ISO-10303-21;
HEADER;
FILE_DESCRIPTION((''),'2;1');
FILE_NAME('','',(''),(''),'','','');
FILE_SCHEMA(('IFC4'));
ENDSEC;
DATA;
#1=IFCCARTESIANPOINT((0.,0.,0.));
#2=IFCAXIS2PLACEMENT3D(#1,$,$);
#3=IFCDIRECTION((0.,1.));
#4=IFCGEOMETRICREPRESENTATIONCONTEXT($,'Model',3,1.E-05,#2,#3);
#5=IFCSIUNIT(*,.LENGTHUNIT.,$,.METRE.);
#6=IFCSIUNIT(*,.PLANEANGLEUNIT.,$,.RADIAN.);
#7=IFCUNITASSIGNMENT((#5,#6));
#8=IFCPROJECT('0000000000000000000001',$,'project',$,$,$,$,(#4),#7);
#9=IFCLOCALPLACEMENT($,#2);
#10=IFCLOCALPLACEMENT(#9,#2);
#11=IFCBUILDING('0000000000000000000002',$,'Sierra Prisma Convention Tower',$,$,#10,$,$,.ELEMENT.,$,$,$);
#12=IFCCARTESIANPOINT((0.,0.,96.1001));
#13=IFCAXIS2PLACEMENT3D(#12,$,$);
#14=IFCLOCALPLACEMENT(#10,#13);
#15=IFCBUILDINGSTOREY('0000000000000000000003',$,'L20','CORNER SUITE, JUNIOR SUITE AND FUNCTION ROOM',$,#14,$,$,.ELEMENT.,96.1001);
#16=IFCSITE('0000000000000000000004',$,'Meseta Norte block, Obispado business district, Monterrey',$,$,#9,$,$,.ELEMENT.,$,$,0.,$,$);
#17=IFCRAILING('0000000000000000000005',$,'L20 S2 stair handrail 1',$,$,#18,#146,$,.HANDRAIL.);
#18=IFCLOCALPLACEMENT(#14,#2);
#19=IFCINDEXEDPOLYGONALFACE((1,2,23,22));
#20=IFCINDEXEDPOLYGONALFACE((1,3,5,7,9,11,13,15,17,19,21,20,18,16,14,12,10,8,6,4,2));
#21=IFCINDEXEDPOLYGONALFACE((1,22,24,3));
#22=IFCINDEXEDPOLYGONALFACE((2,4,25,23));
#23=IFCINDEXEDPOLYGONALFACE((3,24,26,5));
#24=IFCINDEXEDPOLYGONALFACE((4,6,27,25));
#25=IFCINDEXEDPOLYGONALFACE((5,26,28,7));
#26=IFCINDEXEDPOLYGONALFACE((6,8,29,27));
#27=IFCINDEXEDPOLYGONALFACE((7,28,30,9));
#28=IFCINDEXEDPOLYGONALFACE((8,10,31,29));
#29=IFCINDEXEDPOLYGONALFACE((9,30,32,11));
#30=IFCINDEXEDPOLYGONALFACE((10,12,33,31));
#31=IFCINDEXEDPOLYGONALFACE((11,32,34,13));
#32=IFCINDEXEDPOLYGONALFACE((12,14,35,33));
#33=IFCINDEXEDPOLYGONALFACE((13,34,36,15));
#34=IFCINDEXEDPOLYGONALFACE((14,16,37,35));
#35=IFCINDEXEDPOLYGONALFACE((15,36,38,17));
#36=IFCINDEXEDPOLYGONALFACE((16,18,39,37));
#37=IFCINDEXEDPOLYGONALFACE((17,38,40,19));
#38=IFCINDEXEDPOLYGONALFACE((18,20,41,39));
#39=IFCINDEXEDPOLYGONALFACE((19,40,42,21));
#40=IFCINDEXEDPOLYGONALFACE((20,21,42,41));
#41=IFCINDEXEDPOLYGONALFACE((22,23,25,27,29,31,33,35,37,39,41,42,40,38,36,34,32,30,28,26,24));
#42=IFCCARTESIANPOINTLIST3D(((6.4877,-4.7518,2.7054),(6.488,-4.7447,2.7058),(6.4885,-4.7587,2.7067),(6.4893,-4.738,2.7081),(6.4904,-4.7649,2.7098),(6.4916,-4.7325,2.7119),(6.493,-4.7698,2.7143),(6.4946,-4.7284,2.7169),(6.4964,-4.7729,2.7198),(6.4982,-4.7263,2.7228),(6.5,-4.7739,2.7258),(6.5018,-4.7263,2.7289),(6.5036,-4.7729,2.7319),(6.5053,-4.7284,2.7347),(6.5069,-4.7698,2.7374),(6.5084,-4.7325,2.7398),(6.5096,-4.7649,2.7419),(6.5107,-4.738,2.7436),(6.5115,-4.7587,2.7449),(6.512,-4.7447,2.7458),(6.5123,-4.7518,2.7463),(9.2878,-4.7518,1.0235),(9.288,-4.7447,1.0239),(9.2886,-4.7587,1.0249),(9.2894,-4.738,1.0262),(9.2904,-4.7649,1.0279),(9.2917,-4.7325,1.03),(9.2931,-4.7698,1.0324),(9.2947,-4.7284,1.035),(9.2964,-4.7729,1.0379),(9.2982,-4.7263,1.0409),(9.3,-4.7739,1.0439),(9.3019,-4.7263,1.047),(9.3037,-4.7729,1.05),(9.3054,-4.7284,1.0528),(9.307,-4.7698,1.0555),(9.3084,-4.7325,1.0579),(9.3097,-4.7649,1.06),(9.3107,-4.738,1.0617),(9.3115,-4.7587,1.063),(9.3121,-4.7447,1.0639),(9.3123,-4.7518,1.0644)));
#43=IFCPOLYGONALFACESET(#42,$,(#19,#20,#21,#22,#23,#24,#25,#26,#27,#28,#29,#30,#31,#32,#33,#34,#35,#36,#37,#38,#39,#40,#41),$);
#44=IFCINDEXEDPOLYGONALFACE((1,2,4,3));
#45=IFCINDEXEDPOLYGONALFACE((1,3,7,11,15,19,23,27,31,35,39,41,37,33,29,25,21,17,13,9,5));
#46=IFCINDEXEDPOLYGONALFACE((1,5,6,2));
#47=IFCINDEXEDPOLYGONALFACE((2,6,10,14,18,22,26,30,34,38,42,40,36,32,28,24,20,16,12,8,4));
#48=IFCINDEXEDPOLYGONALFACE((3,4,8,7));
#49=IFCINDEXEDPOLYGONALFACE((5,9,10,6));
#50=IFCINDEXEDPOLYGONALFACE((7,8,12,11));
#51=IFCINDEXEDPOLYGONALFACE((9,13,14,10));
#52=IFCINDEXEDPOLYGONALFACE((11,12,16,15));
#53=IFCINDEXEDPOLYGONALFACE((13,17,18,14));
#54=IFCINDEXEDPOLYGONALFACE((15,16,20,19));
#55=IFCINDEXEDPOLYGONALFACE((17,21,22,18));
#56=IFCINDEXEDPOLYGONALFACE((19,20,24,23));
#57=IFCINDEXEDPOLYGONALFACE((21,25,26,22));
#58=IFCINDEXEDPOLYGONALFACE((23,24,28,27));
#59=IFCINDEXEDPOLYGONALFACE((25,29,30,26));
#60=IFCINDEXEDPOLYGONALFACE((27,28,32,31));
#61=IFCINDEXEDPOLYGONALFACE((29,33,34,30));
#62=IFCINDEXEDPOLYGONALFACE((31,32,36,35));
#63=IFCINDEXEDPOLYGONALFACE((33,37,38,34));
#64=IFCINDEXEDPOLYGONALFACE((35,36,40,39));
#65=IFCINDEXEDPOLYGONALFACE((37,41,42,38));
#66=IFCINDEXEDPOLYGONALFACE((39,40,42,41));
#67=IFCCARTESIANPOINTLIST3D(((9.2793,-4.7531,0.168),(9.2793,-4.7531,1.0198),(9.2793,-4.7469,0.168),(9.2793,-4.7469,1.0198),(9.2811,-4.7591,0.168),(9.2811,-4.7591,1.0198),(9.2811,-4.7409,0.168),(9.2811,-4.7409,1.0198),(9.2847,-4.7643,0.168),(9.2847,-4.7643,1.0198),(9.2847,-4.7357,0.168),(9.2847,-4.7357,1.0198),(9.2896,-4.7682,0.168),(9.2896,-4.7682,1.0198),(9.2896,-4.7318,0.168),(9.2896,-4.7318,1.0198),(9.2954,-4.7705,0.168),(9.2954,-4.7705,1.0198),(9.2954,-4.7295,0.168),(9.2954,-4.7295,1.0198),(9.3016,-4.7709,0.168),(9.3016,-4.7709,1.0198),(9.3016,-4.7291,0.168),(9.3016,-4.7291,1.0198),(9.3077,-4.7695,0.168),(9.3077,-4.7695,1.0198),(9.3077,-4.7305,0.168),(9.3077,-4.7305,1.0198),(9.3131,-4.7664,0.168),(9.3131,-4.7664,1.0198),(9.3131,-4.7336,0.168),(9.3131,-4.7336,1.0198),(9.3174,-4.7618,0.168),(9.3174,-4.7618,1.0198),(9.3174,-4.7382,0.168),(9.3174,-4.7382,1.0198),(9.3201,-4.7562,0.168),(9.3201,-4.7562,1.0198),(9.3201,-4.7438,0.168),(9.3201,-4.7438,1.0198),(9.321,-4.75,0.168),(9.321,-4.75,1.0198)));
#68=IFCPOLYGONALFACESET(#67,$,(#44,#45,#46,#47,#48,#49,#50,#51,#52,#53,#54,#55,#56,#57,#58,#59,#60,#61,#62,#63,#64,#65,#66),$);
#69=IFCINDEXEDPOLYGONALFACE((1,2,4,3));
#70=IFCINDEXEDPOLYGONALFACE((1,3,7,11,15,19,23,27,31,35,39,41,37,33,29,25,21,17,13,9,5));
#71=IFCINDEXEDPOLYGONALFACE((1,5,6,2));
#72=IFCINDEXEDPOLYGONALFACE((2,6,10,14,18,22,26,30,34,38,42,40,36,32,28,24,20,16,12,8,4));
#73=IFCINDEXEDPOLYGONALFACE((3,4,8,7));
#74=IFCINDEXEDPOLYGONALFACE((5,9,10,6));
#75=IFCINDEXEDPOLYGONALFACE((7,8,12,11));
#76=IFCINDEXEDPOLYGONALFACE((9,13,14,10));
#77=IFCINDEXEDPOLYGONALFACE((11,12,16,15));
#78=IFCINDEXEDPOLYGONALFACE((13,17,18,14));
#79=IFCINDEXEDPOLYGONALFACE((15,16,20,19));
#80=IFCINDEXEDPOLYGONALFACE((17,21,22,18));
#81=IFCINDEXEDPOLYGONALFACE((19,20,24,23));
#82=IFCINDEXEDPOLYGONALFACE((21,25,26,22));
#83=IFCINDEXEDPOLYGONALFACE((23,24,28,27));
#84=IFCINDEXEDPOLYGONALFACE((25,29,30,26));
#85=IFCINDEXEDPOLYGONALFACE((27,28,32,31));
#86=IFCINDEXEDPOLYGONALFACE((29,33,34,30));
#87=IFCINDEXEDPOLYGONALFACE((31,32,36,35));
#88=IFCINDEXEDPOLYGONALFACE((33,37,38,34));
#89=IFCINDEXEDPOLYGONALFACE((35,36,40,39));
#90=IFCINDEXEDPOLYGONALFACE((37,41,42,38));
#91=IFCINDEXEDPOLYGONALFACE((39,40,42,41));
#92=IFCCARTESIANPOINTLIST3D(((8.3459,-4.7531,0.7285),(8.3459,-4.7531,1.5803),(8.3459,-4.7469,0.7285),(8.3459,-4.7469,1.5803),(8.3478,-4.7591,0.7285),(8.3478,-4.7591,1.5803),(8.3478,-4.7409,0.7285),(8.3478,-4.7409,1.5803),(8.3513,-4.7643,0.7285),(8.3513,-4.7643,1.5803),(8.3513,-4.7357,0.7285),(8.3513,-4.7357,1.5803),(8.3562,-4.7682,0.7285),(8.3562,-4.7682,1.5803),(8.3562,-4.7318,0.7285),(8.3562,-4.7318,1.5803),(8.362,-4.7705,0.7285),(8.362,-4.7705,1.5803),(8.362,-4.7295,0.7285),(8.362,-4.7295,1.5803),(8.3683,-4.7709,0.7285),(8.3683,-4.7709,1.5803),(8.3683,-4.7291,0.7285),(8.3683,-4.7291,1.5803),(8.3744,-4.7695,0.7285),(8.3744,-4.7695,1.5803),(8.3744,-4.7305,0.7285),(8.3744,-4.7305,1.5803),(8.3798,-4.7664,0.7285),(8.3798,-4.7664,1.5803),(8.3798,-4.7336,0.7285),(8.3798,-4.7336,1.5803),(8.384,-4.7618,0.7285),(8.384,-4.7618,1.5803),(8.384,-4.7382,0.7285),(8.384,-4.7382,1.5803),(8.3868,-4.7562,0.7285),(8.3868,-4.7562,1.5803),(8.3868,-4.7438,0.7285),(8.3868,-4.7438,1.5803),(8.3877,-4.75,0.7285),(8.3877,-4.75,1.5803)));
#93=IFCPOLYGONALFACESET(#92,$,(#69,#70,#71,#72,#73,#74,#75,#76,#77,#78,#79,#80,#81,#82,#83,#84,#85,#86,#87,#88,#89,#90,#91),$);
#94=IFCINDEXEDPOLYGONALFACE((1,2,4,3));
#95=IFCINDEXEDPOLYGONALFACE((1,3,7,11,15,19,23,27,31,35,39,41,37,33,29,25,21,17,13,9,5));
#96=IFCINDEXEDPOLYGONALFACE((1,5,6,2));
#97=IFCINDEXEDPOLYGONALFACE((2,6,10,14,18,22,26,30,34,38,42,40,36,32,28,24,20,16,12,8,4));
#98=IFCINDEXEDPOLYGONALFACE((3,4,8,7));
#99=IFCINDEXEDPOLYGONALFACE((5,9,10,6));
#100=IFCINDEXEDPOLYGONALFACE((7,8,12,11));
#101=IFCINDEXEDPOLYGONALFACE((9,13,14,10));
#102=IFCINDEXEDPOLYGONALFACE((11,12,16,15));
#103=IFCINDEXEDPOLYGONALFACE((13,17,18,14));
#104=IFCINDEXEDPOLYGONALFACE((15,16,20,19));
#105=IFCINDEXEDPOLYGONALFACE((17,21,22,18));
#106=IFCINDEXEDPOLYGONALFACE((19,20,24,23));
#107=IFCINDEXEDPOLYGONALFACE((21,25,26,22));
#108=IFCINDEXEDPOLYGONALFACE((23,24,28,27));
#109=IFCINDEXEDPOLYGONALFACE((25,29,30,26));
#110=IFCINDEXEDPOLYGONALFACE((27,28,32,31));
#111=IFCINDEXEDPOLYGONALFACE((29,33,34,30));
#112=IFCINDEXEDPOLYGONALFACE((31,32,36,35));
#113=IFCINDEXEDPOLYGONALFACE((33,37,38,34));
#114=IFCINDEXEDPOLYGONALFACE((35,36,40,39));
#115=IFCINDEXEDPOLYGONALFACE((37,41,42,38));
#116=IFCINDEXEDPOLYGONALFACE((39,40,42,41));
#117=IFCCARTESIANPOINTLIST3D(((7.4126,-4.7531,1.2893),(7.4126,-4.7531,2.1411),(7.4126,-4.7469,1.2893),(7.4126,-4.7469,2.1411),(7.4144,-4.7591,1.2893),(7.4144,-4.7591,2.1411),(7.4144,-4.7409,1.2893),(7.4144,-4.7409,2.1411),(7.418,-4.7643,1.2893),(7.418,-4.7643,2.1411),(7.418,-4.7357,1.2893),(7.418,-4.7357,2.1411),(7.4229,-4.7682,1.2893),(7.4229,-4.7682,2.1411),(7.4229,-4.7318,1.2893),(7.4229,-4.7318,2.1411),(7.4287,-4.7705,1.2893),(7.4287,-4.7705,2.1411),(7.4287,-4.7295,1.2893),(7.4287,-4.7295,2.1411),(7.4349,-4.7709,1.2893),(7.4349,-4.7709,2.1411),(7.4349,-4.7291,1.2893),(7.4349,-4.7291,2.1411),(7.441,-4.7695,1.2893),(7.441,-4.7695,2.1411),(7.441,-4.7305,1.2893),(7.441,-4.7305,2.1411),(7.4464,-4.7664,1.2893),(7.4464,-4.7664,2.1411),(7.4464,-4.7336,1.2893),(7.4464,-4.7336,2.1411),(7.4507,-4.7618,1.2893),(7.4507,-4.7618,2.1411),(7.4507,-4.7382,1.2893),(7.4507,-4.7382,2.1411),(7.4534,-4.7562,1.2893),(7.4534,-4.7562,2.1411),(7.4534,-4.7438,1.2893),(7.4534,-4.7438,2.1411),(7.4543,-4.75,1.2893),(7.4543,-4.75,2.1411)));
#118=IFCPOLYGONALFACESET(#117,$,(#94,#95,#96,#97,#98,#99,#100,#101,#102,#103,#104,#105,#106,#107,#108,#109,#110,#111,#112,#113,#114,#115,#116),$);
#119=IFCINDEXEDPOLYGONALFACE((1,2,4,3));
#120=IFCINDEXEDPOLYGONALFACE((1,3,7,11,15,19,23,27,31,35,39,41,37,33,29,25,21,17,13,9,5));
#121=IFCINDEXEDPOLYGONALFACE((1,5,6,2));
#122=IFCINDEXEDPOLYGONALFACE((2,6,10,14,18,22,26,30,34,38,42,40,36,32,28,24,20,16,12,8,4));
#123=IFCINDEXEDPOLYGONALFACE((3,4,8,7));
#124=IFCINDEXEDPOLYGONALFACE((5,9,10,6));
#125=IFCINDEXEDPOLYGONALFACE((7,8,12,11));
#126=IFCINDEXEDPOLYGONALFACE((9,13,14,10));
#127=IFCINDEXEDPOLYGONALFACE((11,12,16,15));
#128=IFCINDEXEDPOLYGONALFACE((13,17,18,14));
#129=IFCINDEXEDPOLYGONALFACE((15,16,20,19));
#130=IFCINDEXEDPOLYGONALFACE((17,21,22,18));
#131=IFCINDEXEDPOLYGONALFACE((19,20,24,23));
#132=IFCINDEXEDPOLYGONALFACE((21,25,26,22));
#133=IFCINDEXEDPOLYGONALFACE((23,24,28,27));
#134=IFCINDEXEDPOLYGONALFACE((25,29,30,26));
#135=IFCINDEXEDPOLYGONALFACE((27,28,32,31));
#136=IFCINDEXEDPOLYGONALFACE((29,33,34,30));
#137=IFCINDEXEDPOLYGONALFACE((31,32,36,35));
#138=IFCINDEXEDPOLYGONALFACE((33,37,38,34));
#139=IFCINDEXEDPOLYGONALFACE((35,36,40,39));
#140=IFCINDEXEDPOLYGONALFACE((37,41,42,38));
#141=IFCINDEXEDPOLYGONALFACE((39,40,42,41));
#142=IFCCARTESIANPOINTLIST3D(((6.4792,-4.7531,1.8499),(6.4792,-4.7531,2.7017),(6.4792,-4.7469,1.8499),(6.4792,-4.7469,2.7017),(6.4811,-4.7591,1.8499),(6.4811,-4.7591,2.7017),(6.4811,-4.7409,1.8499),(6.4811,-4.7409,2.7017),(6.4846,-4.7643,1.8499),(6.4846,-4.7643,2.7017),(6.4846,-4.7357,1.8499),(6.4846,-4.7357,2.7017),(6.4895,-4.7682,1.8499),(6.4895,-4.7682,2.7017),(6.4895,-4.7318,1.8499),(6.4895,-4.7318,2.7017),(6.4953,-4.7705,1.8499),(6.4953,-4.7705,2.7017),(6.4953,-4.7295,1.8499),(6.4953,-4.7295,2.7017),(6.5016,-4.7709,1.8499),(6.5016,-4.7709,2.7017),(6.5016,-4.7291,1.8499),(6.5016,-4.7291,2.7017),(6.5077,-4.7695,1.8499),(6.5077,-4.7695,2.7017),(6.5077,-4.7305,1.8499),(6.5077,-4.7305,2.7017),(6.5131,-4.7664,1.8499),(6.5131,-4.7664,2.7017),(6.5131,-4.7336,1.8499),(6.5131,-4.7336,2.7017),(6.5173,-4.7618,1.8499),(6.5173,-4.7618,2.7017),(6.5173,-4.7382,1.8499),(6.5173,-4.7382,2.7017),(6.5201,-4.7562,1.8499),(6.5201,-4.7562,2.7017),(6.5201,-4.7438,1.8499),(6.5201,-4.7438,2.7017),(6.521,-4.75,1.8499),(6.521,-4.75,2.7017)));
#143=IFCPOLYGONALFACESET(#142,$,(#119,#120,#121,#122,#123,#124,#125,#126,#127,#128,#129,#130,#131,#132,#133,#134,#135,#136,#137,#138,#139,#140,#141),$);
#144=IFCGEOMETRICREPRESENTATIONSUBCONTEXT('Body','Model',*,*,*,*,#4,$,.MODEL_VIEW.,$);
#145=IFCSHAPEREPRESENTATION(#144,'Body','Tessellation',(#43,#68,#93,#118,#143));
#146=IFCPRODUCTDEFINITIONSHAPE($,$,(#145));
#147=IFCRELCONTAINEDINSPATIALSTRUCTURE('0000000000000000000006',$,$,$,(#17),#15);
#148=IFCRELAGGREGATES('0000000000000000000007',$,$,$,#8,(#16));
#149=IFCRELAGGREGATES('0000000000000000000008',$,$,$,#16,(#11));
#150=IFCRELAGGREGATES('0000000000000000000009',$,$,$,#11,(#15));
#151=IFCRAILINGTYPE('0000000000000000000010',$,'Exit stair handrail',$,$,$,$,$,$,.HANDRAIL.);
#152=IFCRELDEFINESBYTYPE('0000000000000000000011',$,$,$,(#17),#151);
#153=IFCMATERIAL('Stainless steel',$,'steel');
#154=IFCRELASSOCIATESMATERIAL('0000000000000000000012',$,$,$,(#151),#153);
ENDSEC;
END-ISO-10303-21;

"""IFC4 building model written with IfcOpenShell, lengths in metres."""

from ifc_helpers import new_model, si_unit, direction, frame, origin, origin_2d, place, context, subcontext, project, spatial, circle, extrude, material, type_object, element, save


model = new_model("IFC4")

# Units and contexts
model_context = context("Model", 3, precision=1e-05, world=origin(), true_north=direction((0.0, 1.0)))
body_context = subcontext(model_context, "Body", "Model", "MODEL_VIEW")
ifc_project = project(units=[si_unit("LENGTHUNIT", "METRE"), si_unit("PLANEANGLEUNIT", "RADIAN")], contexts=[model_context])

# Site, building, storey
site_placement = place(None, origin())
site = spatial("IfcSite", under=ifc_project, at=site_placement, Name="Meseta Norte block, Obispado business district, Monterrey", CompositionType="ELEMENT", RefElevation=0.0)
building_placement = place(site_placement, origin())
building = spatial("IfcBuilding", under=site, at=building_placement, Name="Sierra Prisma Convention Tower", CompositionType="ELEMENT")
storey_placement = place(building_placement, frame((0.0, 0.0, 96.1001)))
storey = spatial("IfcBuildingStorey", under=building, at=storey_placement, Name="L20", Description="CORNER SUITE, JUNIOR SUITE AND FUNCTION ROOM", CompositionType="ELEMENT", Elevation=96.1001)

# Railing
ifc_material_1 = material(Name="Stainless steel", Category="steel")
railing_type_1 = type_object("IfcRailingType", Name="Exit stair handrail", PredefinedType="HANDRAIL", material=ifc_material_1)
railing_1_placement = place(storey_placement, frame((9.3, -4.75, 0.168)))
element("IfcRailing", 1, at=railing_1_placement, inside=storey, type_object=railing_type_1, Name="L20 S2 stair handrail 1", PredefinedType="HANDRAIL", context=body_context, shape_type="SweptSolid", body=[
    extrude(circle(Radius=0.0239, at=origin_2d()), frame((0.0, 0.0, 0.876), z_axis=(-0.857242, 0.0, 0.514913), x_axis=(0.0, -1.0, 0.0)), (0.0, 0.0, 1.0), 3.2664),
    extrude(circle(Radius=0.021, at=origin_2d()), origin(), (0.0, 0.0, 1.0), 0.8518),
    extrude(circle(Radius=0.021, at=origin_2d()), frame((-0.9333, 0.0, 0.5605)), (0.0, 0.0, 1.0), 0.8518),
    extrude(circle(Radius=0.021, at=origin_2d()), frame((-1.8667, 0.0, 1.1213)), (0.0, 0.0, 1.0), 0.8518),
    extrude(circle(Radius=0.021, at=origin_2d()), frame((-2.8, 0.0, 1.6819)), (0.0, 0.0, 1.0), 0.8518),
])

save(model, "model.ifc")
